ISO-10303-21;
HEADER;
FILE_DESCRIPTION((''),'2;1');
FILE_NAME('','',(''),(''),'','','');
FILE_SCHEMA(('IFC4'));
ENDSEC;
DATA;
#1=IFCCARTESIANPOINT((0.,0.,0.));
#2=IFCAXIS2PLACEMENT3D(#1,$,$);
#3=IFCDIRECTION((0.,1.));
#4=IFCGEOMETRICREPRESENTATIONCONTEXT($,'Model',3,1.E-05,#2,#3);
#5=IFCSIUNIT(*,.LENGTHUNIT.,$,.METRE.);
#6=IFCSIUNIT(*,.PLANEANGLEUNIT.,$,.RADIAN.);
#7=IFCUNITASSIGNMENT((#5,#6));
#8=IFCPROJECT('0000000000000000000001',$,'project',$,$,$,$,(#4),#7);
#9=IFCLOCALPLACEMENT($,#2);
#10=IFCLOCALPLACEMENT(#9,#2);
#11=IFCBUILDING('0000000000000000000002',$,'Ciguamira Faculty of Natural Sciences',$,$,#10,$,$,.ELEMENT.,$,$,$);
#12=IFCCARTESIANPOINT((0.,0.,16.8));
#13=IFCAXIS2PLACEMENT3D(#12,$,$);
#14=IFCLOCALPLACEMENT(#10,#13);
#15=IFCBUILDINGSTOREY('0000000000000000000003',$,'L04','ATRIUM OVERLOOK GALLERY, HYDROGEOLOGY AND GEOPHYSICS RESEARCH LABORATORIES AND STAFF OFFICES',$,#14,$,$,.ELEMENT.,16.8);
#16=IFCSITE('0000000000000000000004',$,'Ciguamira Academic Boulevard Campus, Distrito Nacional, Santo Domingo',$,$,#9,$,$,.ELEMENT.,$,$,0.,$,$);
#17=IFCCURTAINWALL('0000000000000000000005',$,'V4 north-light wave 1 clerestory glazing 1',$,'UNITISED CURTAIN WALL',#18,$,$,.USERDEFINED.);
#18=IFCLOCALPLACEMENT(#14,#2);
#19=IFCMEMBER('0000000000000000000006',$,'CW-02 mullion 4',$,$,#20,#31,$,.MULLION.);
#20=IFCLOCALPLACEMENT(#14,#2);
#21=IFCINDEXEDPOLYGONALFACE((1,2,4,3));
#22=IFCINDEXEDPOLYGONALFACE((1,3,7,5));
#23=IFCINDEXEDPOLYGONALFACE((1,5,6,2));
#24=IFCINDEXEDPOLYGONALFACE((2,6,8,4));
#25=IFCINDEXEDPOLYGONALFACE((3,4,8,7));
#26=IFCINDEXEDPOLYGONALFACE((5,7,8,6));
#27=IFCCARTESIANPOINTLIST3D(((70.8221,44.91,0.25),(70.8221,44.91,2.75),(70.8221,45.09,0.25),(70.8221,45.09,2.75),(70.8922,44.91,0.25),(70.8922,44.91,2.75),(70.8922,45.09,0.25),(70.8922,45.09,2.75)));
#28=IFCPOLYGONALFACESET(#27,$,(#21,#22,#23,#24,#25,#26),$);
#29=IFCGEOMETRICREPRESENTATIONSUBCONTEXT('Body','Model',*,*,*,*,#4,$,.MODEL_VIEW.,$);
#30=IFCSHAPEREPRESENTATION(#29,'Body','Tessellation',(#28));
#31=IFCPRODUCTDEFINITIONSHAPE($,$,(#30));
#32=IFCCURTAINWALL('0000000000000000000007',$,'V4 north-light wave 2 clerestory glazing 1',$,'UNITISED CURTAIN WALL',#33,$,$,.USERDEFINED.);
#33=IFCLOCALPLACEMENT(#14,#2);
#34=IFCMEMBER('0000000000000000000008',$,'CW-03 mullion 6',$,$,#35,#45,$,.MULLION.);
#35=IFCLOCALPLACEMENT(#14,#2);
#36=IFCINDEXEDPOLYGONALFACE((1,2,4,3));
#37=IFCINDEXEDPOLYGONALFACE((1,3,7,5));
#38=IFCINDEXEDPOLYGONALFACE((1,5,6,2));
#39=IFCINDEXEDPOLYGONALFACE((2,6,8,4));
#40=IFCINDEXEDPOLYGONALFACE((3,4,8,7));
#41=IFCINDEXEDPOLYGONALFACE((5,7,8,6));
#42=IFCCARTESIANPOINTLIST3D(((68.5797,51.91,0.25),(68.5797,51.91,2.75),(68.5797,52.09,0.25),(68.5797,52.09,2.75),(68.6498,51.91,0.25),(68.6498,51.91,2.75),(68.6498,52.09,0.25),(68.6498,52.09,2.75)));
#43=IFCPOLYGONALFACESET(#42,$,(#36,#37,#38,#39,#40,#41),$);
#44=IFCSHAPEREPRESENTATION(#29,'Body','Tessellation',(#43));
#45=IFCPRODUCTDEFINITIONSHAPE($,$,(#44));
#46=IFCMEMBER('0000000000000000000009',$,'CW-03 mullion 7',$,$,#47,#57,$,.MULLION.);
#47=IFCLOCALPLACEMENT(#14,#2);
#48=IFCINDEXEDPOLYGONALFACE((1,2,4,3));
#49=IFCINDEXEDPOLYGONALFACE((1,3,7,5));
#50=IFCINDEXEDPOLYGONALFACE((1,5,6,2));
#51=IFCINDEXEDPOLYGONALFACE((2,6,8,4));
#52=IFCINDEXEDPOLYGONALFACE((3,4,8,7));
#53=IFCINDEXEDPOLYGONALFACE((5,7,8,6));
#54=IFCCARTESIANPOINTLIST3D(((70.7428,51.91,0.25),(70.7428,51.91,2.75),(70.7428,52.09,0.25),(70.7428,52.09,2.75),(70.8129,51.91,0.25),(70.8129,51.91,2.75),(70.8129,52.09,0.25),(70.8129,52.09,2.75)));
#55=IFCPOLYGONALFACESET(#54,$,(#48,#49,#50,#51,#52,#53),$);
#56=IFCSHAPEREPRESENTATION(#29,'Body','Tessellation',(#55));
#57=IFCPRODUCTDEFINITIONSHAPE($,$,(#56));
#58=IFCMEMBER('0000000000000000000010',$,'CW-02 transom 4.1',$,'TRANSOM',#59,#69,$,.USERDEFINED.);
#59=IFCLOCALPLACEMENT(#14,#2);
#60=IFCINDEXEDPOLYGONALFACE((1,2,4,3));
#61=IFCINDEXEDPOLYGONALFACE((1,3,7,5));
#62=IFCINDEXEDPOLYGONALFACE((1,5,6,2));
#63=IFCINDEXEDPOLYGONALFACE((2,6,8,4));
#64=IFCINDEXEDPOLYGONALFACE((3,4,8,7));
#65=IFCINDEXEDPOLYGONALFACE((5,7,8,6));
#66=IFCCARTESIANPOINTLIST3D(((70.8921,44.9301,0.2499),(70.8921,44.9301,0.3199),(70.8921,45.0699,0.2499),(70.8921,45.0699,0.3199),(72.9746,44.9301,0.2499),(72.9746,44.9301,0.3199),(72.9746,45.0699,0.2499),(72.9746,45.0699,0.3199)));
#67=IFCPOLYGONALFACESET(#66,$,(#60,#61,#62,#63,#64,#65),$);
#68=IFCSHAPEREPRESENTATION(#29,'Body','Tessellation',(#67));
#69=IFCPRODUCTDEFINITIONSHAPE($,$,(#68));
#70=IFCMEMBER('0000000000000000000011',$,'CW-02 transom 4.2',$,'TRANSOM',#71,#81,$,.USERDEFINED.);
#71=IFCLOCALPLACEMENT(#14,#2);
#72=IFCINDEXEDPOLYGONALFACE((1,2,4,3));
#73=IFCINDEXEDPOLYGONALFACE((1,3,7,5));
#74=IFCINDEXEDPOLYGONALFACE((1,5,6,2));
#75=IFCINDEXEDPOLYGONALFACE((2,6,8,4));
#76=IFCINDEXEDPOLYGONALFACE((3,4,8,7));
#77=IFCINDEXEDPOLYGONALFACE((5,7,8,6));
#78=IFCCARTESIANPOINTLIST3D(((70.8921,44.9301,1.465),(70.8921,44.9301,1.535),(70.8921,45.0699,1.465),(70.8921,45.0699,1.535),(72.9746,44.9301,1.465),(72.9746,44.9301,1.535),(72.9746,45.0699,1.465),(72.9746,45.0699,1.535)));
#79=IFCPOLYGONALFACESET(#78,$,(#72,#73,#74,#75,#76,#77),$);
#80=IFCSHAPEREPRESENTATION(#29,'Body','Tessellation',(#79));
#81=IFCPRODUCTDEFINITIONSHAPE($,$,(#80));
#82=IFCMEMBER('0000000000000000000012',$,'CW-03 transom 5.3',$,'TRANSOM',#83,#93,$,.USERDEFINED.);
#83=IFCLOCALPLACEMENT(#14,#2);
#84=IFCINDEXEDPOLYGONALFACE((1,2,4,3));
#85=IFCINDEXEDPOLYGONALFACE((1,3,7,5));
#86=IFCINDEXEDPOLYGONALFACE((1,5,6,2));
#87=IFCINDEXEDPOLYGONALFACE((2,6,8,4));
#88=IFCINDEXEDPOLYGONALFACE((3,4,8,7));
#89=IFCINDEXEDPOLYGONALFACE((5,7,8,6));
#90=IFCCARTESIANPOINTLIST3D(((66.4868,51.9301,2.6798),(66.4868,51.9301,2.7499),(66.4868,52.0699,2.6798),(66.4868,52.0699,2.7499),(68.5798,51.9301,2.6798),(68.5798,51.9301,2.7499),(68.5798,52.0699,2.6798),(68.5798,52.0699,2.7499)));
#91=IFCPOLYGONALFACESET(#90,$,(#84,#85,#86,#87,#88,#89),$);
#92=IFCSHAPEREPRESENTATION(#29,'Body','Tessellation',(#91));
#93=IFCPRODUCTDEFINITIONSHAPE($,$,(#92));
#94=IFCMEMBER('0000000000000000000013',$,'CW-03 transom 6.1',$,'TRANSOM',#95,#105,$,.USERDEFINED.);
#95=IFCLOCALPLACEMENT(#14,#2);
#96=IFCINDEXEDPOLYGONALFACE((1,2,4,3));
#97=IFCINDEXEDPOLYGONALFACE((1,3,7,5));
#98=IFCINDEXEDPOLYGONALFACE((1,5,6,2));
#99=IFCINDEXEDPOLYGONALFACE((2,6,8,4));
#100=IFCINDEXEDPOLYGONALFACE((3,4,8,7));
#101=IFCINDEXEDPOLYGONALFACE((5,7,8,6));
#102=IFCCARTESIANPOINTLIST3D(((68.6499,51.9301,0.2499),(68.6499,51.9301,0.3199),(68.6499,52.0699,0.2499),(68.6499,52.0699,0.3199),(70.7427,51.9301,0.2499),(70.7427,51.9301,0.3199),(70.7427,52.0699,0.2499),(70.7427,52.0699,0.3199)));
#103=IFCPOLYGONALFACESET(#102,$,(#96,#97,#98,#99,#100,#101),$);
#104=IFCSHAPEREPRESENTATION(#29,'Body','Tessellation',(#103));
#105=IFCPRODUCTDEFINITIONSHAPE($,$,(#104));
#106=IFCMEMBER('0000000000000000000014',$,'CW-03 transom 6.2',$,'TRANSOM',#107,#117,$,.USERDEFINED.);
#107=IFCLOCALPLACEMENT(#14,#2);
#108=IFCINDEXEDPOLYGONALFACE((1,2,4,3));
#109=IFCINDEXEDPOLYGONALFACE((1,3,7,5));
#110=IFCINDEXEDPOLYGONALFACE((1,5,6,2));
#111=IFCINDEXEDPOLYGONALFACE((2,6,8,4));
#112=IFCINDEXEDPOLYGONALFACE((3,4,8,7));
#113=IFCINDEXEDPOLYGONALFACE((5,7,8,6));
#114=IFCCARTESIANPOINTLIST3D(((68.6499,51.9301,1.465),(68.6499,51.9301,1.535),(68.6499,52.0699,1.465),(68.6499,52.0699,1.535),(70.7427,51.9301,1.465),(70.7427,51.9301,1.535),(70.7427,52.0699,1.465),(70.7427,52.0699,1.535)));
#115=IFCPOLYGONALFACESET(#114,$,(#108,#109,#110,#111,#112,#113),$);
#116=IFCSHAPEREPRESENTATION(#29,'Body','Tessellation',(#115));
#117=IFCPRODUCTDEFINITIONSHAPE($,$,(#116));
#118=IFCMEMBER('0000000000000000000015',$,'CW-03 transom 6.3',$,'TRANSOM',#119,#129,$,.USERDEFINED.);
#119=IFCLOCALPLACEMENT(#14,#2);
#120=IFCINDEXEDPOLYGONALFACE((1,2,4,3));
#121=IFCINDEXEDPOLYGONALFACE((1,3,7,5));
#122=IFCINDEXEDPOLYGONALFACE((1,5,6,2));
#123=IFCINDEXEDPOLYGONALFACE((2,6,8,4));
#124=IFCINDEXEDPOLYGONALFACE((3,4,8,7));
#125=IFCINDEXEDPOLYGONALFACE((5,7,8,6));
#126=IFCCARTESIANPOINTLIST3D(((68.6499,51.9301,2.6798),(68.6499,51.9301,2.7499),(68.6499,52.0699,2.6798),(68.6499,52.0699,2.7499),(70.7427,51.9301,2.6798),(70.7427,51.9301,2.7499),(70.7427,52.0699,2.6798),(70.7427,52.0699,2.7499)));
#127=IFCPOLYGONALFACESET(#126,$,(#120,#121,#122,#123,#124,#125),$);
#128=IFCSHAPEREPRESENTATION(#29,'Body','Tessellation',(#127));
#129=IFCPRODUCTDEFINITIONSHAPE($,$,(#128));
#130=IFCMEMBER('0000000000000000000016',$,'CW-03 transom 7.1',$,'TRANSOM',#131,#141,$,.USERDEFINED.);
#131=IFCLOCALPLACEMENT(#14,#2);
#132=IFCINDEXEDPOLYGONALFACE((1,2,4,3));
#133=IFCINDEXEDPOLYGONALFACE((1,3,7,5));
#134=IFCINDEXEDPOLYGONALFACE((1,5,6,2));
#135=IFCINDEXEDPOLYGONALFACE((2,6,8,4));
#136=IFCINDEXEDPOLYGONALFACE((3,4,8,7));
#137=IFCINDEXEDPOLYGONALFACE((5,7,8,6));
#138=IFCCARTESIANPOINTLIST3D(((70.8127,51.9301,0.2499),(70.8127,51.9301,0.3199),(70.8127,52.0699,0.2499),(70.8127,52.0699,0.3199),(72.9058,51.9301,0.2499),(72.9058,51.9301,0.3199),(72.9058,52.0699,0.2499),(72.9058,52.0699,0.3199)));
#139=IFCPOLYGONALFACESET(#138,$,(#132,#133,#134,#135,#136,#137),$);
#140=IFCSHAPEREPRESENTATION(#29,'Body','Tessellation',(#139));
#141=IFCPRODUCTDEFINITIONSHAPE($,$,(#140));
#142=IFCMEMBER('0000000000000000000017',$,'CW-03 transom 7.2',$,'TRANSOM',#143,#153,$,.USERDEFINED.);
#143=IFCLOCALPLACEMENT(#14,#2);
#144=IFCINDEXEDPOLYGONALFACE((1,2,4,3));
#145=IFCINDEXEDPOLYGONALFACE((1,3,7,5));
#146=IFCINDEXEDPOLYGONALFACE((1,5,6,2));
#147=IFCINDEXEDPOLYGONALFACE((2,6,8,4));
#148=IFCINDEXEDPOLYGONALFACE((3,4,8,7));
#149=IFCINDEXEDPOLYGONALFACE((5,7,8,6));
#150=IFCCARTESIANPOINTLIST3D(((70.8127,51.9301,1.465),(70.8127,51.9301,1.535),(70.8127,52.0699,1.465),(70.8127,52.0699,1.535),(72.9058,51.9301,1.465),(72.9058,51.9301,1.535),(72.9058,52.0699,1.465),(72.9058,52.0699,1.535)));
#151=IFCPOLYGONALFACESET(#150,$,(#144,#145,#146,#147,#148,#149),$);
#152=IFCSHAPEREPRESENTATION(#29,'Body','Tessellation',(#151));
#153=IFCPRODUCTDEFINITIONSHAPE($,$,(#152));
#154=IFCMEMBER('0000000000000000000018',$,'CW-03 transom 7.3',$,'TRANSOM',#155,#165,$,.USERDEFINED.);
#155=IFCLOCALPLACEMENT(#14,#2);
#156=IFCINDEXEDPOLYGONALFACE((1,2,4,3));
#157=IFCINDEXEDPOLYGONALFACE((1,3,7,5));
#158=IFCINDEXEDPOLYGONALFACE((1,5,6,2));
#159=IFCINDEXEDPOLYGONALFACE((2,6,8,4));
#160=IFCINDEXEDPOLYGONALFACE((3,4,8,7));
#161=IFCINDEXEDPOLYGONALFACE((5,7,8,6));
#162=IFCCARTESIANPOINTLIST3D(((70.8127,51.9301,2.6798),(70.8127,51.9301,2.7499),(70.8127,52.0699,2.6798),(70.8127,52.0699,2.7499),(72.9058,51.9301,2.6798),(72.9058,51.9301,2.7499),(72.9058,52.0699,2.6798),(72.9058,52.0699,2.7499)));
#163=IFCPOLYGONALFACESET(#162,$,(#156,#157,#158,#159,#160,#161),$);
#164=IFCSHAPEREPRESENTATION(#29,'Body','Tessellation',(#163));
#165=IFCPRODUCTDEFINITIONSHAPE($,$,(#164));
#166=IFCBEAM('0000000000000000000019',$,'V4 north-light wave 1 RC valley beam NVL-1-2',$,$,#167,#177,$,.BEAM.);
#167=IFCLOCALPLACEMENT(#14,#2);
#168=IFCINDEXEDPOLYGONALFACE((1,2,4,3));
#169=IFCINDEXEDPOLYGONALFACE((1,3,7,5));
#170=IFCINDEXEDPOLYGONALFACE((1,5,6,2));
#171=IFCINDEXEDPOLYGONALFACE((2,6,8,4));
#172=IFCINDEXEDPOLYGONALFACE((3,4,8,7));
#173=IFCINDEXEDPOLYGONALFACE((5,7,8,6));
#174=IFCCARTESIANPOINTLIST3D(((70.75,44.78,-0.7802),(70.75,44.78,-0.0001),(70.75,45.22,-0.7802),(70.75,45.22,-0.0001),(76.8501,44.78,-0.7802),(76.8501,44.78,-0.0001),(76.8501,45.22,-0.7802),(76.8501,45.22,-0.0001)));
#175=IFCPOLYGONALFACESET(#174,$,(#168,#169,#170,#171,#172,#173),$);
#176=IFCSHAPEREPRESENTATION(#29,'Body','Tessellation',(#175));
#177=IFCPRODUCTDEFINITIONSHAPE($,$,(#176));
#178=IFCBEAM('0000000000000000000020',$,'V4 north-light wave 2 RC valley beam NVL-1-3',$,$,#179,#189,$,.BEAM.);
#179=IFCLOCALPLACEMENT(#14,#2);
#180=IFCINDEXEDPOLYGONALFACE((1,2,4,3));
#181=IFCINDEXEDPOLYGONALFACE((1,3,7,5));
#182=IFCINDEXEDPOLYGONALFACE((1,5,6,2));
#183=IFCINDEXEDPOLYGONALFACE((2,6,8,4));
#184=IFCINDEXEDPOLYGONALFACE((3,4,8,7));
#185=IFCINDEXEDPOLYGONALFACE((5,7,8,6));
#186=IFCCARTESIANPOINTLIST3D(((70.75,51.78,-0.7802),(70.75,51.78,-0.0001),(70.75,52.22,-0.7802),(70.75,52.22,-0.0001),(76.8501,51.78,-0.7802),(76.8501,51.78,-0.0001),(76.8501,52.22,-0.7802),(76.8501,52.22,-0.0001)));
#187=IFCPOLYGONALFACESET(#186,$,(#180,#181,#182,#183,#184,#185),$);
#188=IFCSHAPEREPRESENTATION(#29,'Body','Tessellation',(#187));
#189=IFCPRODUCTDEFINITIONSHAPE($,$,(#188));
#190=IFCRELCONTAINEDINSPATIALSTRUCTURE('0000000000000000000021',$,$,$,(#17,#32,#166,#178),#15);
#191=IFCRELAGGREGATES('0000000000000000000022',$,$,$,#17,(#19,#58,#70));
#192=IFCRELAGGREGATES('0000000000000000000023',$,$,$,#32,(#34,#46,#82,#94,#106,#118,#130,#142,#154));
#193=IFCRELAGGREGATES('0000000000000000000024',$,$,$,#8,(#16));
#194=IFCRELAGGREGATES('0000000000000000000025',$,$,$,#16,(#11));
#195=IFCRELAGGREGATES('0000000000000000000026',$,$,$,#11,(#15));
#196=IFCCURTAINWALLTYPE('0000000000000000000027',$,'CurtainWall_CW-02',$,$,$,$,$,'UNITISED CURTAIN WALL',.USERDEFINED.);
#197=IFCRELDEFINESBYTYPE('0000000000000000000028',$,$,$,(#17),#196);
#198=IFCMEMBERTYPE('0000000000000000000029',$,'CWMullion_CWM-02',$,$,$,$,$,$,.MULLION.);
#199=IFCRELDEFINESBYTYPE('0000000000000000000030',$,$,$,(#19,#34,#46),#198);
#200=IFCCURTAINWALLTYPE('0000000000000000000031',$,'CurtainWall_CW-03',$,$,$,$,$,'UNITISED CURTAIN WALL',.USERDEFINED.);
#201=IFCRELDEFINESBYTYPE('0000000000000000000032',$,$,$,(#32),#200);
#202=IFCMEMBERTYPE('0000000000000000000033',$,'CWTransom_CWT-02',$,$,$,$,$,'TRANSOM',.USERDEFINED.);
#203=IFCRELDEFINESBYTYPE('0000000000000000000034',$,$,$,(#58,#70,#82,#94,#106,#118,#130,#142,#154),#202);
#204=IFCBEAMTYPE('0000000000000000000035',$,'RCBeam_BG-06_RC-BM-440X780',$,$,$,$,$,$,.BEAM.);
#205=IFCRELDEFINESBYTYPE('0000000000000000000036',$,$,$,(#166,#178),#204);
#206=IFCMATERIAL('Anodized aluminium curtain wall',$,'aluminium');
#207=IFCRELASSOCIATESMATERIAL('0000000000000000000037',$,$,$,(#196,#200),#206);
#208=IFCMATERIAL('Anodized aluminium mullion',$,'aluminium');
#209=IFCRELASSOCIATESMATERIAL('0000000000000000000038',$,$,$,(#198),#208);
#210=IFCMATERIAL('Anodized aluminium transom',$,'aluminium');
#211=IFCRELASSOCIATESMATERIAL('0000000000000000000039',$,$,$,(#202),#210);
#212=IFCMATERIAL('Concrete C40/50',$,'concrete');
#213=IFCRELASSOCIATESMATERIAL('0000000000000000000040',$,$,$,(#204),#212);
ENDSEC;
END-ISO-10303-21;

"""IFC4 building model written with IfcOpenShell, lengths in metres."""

from ifc_helpers import new_model, si_unit, direction, frame, origin, origin_2d, place, context, subcontext, project, spatial, rectangle, extrude, material, material_profile, profile_set, type_object, element, aggregate, save


model = new_model("IFC4")

# Units and contexts
model_context = context("Model", 3, precision=1e-05, world=origin(), true_north=direction((0.0, 1.0)))
body_context = subcontext(model_context, "Body", "Model", "MODEL_VIEW")
ifc_project = project(units=[si_unit("LENGTHUNIT", "METRE"), si_unit("PLANEANGLEUNIT", "RADIAN")], contexts=[model_context])

# Site, building, storey
site_placement = place(None, origin())
site = spatial("IfcSite", under=ifc_project, at=site_placement, Name="Ciguamira Academic Boulevard Campus, Distrito Nacional, Santo Domingo", CompositionType="ELEMENT", RefElevation=0.0)
building_placement = place(site_placement, origin())
building = spatial("IfcBuilding", under=site, at=building_placement, Name="Ciguamira Faculty of Natural Sciences", CompositionType="ELEMENT")
storey_placement = place(building_placement, frame((0.0, 0.0, 16.8)))
storey = spatial("IfcBuildingStorey", under=building, at=storey_placement, Name="L04", Description="ATRIUM OVERLOOK GALLERY, HYDROGEOLOGY AND GEOPHYSICS RESEARCH LABORATORIES AND STAFF OFFICES", CompositionType="ELEMENT", Elevation=16.8)

# Curtain wall, member
ifc_material_1 = material(Name="Anodized aluminium curtain wall", Category="aluminium")
curtain_wall_type_1 = type_object("IfcCurtainWallType", Name="CurtainWall_CW-02", ElementType="UNITISED CURTAIN WALL", PredefinedType="USERDEFINED", material=ifc_material_1)
curtain_wall_1_placement = place(storey_placement, origin())
curtain_wall_1 = element("IfcCurtainWall", 1, at=curtain_wall_1_placement, inside=storey, type_object=curtain_wall_type_1, Name="V4 north-light wave 1 clerestory glazing 1", ObjectType="UNITISED CURTAIN WALL", PredefinedType="USERDEFINED")
ifc_material_2 = material(Name="Anodized aluminium mullion", Category="aluminium")
ifc_material_profile_1 = material_profile(ifc_material_2, rectangle(XDim=0.0701, YDim=0.1799, at=origin_2d()), Name="ALU-MUL-70X180")
ifc_profile_set_1 = profile_set([ifc_material_profile_1], Name="Anodized aluminium mullion")
member_type_1 = type_object("IfcMemberType", Name="CWMullion_CWM-02", PredefinedType="MULLION", material=ifc_profile_set_1)
member_1_placement = place(storey_placement, frame((70.8572, 45.0, 0.25), z_axis=(0.0, 0.0, 1.0), x_axis=(1.0, 0.0, 0.0)))
member_1 = element("IfcMember", 2, at=member_1_placement, type_object=member_type_1, Name="CW-02 mullion 4", PredefinedType="MULLION", context=body_context, shape_type="SweptSolid", body=[
    extrude(rectangle(XDim=0.0701, YDim=0.1799, at=origin_2d()), origin(), (0.0, 0.0, 1.0), 2.5),
])

# Curtain wall, members
curtain_wall_type_2 = type_object("IfcCurtainWallType", Name="CurtainWall_CW-03", ElementType="UNITISED CURTAIN WALL", PredefinedType="USERDEFINED", material=ifc_material_1)
curtain_wall_2_placement = place(storey_placement, origin())
curtain_wall_2 = element("IfcCurtainWall", 3, at=curtain_wall_2_placement, inside=storey, type_object=curtain_wall_type_2, Name="V4 north-light wave 2 clerestory glazing 1", ObjectType="UNITISED CURTAIN WALL", PredefinedType="USERDEFINED")
member_2_placement = place(storey_placement, frame((68.6147, 52.0, 0.25), z_axis=(0.0, 0.0, 1.0), x_axis=(1.0, 0.0, 0.0)))
member_2 = element("IfcMember", 4, at=member_2_placement, type_object=member_type_1, Name="CW-03 mullion 6", PredefinedType="MULLION", context=body_context, shape_type="SweptSolid", body=[
    extrude(rectangle(XDim=0.0701, YDim=0.1799, at=origin_2d()), origin(), (0.0, 0.0, 1.0), 2.5),
])
member_3_placement = place(storey_placement, frame((70.7778, 52.0, 0.25), z_axis=(0.0, 0.0, 1.0), x_axis=(1.0, 0.0, 0.0)))
member_3 = element("IfcMember", 5, at=member_3_placement, type_object=member_type_1, Name="CW-03 mullion 7", PredefinedType="MULLION", context=body_context, shape_type="SweptSolid", body=[
    extrude(rectangle(XDim=0.0701, YDim=0.1799, at=origin_2d()), origin(), (0.0, 0.0, 1.0), 2.5),
])

# Members
ifc_material_3 = material(Name="Anodized aluminium transom", Category="aluminium")
ifc_material_profile_2 = material_profile(ifc_material_3, rectangle(XDim=0.0701, YDim=0.1399, at=origin_2d()), Name="ALU-TRN-70X140")
ifc_profile_set_2 = profile_set([ifc_material_profile_2], Name="Anodized aluminium transom")
member_type_2 = type_object("IfcMemberType", Name="CWTransom_CWT-02", ElementType="TRANSOM", PredefinedType="USERDEFINED", material=ifc_profile_set_2)
member_4_placement = place(storey_placement, frame((70.8921, 45.0, 0.2849), z_axis=(1.0, 0.0, 0.0), x_axis=(0.0, 0.0, 1.0)))
member_4 = element("IfcMember", 6, at=member_4_placement, type_object=member_type_2, Name="CW-02 transom 4.1", ObjectType="TRANSOM", PredefinedType="USERDEFINED", context=body_context, shape_type="SweptSolid", body=[
    extrude(rectangle(XDim=0.0701, YDim=0.1399, at=origin_2d()), origin(), (0.0, 0.0, 1.0), 2.0825),
])
member_5_placement = place(storey_placement, frame((70.8921, 45.0, 1.5), z_axis=(1.0, 0.0, 0.0), x_axis=(0.0, 0.0, 1.0)))
member_5 = element("IfcMember", 7, at=member_5_placement, type_object=member_type_2, Name="CW-02 transom 4.2", ObjectType="TRANSOM", PredefinedType="USERDEFINED", context=body_context, shape_type="SweptSolid", body=[
    extrude(rectangle(XDim=0.0701, YDim=0.1399, at=origin_2d()), origin(), (0.0, 0.0, 1.0), 2.0825),
])
aggregate(curtain_wall_1, [member_1, member_4, member_5])
member_6_placement = place(storey_placement, frame((66.4868, 52.0, 2.7148), z_axis=(1.0, 0.0, 0.0), x_axis=(0.0, 0.0, 1.0)))
member_6 = element("IfcMember", 8, at=member_6_placement, type_object=member_type_2, Name="CW-03 transom 5.3", ObjectType="TRANSOM", PredefinedType="USERDEFINED", context=body_context, shape_type="SweptSolid", body=[
    extrude(rectangle(XDim=0.0701, YDim=0.1399, at=origin_2d()), origin(), (0.0, 0.0, 1.0), 2.093),
])
member_7_placement = place(storey_placement, frame((68.6499, 52.0, 0.2849), z_axis=(1.0, 0.0, 0.0), x_axis=(0.0, 0.0, 1.0)))
member_7 = element("IfcMember", 9, at=member_7_placement, type_object=member_type_2, Name="CW-03 transom 6.1", ObjectType="TRANSOM", PredefinedType="USERDEFINED", context=body_context, shape_type="SweptSolid", body=[
    extrude(rectangle(XDim=0.0701, YDim=0.1399, at=origin_2d()), origin(), (0.0, 0.0, 1.0), 2.0928),
])
member_8_placement = place(storey_placement, frame((68.6499, 52.0, 1.5), z_axis=(1.0, 0.0, 0.0), x_axis=(0.0, 0.0, 1.0)))
member_8 = element("IfcMember", 10, at=member_8_placement, type_object=member_type_2, Name="CW-03 transom 6.2", ObjectType="TRANSOM", PredefinedType="USERDEFINED", context=body_context, shape_type="SweptSolid", body=[
    extrude(rectangle(XDim=0.0701, YDim=0.1399, at=origin_2d()), origin(), (0.0, 0.0, 1.0), 2.0928),
])
member_9_placement = place(storey_placement, frame((68.6499, 52.0, 2.7148), z_axis=(1.0, 0.0, 0.0), x_axis=(0.0, 0.0, 1.0)))
member_9 = element("IfcMember", 11, at=member_9_placement, type_object=member_type_2, Name="CW-03 transom 6.3", ObjectType="TRANSOM", PredefinedType="USERDEFINED", context=body_context, shape_type="SweptSolid", body=[
    extrude(rectangle(XDim=0.0701, YDim=0.1399, at=origin_2d()), origin(), (0.0, 0.0, 1.0), 2.0928),
])
member_10_placement = place(storey_placement, frame((70.8127, 52.0, 0.2849), z_axis=(1.0, 0.0, 0.0), x_axis=(0.0, 0.0, 1.0)))
member_10 = element("IfcMember", 12, at=member_10_placement, type_object=member_type_2, Name="CW-03 transom 7.1", ObjectType="TRANSOM", PredefinedType="USERDEFINED", context=body_context, shape_type="SweptSolid", body=[
    extrude(rectangle(XDim=0.0701, YDim=0.1399, at=origin_2d()), origin(), (0.0, 0.0, 1.0), 2.093),
])
member_11_placement = place(storey_placement, frame((70.8127, 52.0, 1.5), z_axis=(1.0, 0.0, 0.0), x_axis=(0.0, 0.0, 1.0)))
member_11 = element("IfcMember", 13, at=member_11_placement, type_object=member_type_2, Name="CW-03 transom 7.2", ObjectType="TRANSOM", PredefinedType="USERDEFINED", context=body_context, shape_type="SweptSolid", body=[
    extrude(rectangle(XDim=0.0701, YDim=0.1399, at=origin_2d()), origin(), (0.0, 0.0, 1.0), 2.093),
])
member_12_placement = place(storey_placement, frame((70.8127, 52.0, 2.7148), z_axis=(1.0, 0.0, 0.0), x_axis=(0.0, 0.0, 1.0)))
member_12 = element("IfcMember", 14, at=member_12_placement, type_object=member_type_2, Name="CW-03 transom 7.3", ObjectType="TRANSOM", PredefinedType="USERDEFINED", context=body_context, shape_type="SweptSolid", body=[
    extrude(rectangle(XDim=0.0701, YDim=0.1399, at=origin_2d()), origin(), (0.0, 0.0, 1.0), 2.093),
])

# Beams
ifc_material_4 = material(Name="Concrete C40/50", Category="concrete")
ifc_material_profile_3 = material_profile(ifc_material_4, rectangle(XDim=0.4399, YDim=0.78, at=origin_2d()), Name="RC-BM-440X780")
ifc_profile_set_3 = profile_set([ifc_material_profile_3], Name="Concrete C40/50")
beam_type = type_object("IfcBeamType", Name="RCBeam_BG-06_RC-BM-440X780", PredefinedType="BEAM", material=ifc_profile_set_3)
for number, where, z_axis, x_axis, name in (
    (15, (70.75, 45.0, -0.3901), (1.0, 0.0, 0.0), (0.0, 1.0, 0.0), "V4 north-light wave 1 RC valley beam NVL-1-2"),
    (16, (70.75, 52.0, -0.3901), (1.0, 0.0, 0.0), (0.0, 1.0, 0.0), "V4 north-light wave 2 RC valley beam NVL-1-3"),
):
    element("IfcBeam", number, at=place(storey_placement, frame(where, z_axis=z_axis, x_axis=x_axis)), inside=storey, type_object=beam_type, Name=name, PredefinedType="BEAM", context=body_context, shape_type="SweptSolid", body=[
        extrude(rectangle(XDim=0.4399, YDim=0.78, at=origin_2d()), origin(), (0.0, 0.0, 1.0), 6.1001),
    ])

aggregate(curtain_wall_2, [member_2, member_3, member_6, member_7, member_8, member_9, member_10, member_11, member_12])

save(model, "model.ifc")
